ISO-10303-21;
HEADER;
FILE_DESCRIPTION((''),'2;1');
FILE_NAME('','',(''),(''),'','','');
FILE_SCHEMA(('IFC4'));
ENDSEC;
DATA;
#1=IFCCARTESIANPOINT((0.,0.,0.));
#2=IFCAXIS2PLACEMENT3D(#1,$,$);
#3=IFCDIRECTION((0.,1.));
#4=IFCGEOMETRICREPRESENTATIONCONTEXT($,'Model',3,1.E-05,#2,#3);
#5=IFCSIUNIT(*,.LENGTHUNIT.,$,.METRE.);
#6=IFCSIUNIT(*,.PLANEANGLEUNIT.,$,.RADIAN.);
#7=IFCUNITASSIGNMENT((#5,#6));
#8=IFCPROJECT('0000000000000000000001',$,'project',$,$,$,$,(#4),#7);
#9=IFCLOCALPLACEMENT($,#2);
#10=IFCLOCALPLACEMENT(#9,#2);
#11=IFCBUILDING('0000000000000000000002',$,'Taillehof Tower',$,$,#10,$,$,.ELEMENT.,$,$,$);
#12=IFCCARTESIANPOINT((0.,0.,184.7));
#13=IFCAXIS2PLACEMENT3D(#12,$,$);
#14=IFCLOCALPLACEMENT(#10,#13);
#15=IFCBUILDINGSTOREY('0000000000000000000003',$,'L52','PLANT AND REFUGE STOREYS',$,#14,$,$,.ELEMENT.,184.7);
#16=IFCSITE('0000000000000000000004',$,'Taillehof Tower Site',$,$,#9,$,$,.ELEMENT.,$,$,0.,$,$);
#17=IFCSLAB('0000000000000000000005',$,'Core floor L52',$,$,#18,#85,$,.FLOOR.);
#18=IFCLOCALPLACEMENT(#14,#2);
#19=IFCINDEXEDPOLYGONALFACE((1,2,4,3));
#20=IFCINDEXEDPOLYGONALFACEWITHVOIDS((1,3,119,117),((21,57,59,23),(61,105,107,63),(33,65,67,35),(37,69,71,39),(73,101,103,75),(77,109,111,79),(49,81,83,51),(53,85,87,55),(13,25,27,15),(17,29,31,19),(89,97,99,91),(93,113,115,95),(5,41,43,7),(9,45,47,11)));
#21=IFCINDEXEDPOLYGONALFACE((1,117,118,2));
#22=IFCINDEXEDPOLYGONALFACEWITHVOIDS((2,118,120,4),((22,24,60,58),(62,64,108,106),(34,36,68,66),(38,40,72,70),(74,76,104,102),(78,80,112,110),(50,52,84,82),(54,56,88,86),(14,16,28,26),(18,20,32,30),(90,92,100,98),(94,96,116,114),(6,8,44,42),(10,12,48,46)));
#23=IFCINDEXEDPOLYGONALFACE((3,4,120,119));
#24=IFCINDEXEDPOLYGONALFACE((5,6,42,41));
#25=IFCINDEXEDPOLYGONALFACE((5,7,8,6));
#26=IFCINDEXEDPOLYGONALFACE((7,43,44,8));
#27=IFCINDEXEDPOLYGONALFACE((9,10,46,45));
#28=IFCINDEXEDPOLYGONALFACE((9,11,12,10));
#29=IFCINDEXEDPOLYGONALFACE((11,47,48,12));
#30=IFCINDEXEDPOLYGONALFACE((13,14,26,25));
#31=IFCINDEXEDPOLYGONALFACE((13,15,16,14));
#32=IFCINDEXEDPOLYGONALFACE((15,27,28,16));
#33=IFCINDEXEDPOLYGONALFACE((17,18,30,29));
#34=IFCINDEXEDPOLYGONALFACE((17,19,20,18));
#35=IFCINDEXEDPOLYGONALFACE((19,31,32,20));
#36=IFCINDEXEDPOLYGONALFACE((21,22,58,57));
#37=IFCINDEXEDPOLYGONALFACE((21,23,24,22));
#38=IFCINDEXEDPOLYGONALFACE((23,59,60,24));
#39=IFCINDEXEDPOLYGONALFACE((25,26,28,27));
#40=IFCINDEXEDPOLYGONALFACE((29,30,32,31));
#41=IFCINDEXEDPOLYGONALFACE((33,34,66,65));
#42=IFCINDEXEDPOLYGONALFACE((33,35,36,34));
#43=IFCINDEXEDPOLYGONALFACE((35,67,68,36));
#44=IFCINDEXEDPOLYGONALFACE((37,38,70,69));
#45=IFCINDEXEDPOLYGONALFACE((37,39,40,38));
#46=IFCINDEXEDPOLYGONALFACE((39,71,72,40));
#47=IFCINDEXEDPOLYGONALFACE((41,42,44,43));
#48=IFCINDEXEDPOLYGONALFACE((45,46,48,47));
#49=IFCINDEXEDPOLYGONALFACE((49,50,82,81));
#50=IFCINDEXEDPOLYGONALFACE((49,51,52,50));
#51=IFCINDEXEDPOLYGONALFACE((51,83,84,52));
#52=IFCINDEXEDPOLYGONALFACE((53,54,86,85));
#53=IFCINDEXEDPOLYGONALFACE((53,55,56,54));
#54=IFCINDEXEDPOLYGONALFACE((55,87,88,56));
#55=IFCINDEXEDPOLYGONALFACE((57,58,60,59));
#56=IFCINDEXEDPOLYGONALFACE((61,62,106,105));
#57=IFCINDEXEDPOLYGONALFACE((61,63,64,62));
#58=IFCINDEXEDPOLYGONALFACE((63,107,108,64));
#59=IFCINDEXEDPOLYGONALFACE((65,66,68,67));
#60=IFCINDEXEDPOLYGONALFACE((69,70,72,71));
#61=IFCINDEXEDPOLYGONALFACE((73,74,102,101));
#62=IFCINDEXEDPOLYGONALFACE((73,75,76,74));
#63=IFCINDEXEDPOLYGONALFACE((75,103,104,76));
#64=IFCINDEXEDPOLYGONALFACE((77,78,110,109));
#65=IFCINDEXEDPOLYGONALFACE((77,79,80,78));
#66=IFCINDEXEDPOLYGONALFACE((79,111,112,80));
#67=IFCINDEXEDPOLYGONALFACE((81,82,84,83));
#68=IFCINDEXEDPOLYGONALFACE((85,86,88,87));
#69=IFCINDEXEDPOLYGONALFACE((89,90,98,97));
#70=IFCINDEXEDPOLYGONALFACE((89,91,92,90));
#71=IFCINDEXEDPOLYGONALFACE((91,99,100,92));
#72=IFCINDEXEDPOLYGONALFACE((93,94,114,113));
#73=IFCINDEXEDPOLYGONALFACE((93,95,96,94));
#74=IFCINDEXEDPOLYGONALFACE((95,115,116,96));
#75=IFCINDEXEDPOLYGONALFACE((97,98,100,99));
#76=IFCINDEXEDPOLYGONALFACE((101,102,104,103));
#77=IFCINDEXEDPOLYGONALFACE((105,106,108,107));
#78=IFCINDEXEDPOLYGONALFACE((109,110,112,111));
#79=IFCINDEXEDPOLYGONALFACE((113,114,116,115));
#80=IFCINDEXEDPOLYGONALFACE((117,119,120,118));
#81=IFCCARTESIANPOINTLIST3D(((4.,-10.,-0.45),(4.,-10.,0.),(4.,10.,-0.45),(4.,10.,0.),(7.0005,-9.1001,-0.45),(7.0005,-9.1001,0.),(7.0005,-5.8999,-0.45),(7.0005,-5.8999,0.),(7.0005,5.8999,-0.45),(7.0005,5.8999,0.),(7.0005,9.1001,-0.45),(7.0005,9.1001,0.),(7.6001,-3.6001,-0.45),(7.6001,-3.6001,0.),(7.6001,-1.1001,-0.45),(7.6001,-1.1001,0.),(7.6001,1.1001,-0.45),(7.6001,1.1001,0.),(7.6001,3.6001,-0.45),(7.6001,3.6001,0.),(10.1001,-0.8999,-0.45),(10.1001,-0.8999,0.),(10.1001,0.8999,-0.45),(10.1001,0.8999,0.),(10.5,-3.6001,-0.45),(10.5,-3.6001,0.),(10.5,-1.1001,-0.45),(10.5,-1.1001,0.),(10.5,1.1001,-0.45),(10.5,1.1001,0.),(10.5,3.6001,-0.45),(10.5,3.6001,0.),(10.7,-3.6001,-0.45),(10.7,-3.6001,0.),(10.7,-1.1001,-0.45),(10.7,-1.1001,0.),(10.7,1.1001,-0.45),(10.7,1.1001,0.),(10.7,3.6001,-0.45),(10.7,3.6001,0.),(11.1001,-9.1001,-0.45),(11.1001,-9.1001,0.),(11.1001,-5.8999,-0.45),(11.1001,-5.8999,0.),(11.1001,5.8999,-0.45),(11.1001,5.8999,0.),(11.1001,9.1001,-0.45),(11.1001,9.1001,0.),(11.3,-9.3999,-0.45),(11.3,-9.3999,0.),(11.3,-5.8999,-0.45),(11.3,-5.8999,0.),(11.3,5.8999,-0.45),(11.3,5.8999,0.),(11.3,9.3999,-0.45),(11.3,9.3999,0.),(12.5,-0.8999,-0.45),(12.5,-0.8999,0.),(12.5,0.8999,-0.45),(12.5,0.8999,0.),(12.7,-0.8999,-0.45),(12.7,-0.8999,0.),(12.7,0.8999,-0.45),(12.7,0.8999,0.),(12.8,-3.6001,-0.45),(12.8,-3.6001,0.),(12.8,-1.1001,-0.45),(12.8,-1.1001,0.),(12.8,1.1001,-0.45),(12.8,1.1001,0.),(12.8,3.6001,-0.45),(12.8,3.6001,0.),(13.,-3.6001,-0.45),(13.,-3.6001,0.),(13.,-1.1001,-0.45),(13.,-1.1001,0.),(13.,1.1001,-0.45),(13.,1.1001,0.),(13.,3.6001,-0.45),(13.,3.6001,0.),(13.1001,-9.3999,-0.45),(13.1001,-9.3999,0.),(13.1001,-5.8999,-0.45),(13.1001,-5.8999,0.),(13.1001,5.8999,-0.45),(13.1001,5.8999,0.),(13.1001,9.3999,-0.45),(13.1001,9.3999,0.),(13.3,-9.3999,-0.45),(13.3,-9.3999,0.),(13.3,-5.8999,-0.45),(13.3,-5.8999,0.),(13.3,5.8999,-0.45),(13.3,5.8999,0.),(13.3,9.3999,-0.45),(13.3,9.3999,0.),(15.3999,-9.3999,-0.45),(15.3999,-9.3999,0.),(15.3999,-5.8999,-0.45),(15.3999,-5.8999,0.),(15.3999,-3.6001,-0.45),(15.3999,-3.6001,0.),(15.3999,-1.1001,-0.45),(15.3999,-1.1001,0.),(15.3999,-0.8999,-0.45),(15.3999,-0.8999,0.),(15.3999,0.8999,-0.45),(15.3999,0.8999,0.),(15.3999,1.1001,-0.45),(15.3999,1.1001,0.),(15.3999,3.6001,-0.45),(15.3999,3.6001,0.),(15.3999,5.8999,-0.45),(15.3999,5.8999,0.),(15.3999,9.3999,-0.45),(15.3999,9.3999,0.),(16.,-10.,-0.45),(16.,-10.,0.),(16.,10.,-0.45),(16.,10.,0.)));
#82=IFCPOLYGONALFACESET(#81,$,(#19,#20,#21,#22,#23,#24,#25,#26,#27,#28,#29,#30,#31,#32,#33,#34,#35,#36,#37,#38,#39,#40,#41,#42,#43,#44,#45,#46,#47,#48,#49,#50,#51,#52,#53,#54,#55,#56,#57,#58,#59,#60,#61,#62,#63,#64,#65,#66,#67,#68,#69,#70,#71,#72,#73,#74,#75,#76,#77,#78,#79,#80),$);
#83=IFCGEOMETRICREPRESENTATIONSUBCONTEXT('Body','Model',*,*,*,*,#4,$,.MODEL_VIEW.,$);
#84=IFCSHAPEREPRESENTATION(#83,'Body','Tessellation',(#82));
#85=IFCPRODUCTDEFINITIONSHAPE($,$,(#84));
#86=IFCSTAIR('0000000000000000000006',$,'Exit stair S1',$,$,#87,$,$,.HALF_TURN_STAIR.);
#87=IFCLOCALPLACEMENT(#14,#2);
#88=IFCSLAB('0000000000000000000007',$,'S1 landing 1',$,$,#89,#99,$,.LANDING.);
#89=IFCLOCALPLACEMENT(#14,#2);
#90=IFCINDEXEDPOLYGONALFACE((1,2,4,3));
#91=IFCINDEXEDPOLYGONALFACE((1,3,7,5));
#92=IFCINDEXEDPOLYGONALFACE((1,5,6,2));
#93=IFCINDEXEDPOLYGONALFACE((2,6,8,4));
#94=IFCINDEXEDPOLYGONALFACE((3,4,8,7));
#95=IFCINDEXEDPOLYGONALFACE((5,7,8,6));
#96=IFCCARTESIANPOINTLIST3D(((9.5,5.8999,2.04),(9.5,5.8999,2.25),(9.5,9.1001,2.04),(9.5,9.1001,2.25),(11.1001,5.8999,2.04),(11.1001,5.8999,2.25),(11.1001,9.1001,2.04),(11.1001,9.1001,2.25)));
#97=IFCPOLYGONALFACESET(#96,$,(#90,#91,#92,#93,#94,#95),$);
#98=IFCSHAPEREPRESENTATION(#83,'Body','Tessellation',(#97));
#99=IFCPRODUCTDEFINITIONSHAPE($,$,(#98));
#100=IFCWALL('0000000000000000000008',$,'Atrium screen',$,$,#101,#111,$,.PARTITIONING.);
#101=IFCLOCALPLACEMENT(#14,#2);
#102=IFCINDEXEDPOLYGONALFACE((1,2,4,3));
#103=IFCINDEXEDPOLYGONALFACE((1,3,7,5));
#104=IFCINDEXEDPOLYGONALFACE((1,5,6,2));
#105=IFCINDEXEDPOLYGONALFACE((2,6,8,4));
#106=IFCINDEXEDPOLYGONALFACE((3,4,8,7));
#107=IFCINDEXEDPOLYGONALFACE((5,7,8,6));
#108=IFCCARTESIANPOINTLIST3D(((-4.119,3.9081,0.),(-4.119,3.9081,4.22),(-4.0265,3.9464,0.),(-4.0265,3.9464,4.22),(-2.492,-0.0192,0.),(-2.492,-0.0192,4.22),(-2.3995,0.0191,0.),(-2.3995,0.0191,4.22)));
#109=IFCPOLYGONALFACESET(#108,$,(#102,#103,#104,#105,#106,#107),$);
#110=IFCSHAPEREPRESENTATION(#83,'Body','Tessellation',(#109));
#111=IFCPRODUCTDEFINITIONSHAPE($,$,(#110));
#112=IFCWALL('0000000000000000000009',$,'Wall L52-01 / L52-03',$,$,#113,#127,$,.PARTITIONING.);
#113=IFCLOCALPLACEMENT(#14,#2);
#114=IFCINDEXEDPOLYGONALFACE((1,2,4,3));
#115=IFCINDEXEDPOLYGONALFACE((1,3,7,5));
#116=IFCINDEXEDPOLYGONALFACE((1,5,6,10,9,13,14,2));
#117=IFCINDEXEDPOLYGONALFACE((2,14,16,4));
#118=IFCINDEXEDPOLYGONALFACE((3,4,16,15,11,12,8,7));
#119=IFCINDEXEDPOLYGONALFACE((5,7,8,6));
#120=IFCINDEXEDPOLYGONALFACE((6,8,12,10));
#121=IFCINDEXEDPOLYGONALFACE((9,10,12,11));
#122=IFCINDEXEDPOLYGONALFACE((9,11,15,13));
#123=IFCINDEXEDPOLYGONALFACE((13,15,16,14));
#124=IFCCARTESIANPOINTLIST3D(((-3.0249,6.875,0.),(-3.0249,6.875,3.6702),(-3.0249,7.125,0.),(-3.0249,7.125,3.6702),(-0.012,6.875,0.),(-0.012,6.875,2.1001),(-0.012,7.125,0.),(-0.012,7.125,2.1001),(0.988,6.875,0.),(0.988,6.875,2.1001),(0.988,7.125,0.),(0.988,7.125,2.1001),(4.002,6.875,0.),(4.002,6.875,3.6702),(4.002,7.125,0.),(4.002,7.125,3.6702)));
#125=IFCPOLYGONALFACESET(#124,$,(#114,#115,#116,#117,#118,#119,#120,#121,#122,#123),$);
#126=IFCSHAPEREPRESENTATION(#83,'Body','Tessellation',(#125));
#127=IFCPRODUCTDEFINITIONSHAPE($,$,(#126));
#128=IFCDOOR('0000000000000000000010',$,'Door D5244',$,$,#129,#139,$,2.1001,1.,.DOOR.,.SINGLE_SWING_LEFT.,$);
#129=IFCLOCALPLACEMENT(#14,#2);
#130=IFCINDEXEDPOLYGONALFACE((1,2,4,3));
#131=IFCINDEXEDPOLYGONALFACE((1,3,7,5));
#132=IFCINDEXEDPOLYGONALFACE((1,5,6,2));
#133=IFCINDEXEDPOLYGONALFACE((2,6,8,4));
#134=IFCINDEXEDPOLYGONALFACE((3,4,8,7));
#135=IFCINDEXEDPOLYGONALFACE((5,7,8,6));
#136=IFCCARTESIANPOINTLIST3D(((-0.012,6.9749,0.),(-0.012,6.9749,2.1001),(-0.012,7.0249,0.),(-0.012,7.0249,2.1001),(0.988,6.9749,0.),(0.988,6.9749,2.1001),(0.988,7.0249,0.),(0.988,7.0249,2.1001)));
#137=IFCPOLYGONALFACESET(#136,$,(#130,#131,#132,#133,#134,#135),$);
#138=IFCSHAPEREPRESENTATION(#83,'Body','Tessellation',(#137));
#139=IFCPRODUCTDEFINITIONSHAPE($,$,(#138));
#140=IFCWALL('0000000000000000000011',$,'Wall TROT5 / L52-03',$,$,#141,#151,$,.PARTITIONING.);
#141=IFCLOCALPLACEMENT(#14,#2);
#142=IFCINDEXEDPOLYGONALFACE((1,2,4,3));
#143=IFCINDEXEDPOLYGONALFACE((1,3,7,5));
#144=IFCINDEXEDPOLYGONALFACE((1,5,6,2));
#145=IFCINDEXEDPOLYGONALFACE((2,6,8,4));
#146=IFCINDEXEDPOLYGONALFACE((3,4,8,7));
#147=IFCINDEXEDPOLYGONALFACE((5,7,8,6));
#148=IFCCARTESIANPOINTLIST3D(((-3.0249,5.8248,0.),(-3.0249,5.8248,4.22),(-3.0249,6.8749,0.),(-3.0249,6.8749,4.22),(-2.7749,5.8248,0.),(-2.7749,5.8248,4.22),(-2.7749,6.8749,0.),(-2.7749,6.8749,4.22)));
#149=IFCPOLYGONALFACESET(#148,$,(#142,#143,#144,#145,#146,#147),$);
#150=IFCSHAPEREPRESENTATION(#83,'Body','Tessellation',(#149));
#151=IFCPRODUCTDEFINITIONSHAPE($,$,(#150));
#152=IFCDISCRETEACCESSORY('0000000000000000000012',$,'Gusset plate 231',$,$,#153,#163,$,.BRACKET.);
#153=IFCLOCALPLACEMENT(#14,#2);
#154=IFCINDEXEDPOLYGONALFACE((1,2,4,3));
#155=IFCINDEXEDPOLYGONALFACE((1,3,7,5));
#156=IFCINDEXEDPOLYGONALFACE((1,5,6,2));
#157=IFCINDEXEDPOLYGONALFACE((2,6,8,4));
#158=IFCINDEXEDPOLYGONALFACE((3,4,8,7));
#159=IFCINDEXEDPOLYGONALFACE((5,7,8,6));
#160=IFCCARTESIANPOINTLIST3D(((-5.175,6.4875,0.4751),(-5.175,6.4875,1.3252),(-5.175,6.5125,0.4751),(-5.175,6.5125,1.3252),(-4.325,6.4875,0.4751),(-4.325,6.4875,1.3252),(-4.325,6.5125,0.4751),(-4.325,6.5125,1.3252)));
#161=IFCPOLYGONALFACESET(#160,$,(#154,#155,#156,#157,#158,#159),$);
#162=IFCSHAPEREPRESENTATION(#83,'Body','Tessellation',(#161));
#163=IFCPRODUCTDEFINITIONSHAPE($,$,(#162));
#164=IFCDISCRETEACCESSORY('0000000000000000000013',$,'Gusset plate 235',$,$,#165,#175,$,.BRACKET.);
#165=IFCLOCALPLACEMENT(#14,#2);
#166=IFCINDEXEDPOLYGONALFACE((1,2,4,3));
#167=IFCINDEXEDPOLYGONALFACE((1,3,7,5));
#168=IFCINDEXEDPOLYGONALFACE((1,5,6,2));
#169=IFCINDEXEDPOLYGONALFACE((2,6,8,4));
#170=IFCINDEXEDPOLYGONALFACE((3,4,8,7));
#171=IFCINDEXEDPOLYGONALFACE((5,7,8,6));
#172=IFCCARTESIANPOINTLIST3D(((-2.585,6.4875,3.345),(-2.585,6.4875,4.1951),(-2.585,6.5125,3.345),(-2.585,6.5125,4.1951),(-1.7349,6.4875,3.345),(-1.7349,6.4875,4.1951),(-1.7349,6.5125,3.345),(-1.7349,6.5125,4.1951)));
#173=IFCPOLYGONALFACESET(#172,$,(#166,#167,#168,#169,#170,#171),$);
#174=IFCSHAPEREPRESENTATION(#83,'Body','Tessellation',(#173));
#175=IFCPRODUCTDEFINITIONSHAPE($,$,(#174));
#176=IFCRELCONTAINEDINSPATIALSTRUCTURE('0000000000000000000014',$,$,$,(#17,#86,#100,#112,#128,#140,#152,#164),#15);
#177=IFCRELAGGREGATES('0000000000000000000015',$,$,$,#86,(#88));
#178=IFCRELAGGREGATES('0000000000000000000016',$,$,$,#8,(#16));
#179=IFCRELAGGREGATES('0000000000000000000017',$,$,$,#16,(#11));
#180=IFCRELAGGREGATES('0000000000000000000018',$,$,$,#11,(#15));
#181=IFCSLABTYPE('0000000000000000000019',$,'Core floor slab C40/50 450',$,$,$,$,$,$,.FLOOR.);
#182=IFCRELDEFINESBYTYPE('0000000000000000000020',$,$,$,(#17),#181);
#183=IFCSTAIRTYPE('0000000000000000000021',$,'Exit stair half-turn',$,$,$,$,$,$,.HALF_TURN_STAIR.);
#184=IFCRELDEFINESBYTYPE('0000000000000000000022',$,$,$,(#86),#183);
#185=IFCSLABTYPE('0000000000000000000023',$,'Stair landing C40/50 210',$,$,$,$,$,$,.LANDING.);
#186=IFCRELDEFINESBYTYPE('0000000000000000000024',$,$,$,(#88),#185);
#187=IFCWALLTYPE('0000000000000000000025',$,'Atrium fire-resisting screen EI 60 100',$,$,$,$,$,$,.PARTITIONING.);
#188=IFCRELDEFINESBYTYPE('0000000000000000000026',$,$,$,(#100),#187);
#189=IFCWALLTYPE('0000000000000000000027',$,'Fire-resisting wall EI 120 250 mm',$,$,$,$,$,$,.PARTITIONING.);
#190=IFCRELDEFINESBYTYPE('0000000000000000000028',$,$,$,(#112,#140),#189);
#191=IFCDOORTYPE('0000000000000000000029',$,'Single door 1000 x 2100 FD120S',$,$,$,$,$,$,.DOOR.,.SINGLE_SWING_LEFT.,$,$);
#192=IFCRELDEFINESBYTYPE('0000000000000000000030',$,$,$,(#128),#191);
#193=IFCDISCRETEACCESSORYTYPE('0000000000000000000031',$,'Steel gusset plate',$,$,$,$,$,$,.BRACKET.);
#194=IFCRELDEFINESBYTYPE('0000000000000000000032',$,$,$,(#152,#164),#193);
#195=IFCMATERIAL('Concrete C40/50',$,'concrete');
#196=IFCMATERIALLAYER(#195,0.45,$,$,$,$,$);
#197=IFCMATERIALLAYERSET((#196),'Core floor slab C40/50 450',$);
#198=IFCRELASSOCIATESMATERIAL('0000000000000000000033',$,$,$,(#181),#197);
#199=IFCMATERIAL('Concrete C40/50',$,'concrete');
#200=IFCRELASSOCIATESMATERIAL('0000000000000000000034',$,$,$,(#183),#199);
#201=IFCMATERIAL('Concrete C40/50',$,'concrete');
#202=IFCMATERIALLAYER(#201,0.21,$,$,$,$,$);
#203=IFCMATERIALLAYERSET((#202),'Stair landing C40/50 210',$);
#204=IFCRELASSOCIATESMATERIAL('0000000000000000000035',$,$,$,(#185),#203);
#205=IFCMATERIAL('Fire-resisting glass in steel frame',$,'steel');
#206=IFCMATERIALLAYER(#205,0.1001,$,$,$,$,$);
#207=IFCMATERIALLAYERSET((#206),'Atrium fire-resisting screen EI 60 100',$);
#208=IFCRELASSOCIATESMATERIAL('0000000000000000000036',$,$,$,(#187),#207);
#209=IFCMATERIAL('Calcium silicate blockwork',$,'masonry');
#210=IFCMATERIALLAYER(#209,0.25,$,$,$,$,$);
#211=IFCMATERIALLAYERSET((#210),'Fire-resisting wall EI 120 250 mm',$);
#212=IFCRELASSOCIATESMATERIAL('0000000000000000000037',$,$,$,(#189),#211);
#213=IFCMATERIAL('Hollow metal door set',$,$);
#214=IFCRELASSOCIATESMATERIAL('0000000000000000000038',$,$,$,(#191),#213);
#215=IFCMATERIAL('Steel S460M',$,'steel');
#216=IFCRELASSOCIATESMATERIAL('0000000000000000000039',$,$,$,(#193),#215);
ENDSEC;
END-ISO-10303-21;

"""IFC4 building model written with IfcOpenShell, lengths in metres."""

from ifc_helpers import new_model, si_unit, direction, frame, frame_2d, origin, origin_2d, place, context, subcontext, project, spatial, polyline, rectangle, outline, extrude, material, layer, layer_set, type_object, element, fill, aggregate, save


model = new_model("IFC4")

# Units and contexts
model_context = context("Model", 3, precision=1e-05, world=origin(), true_north=direction((0.0, 1.0)))
body_context = subcontext(model_context, "Body", "Model", "MODEL_VIEW")
ifc_project = project(units=[si_unit("LENGTHUNIT", "METRE"), si_unit("PLANEANGLEUNIT", "RADIAN")], contexts=[model_context])

# Site, building, storey
site_placement = place(None, origin())
site = spatial("IfcSite", under=ifc_project, at=site_placement, Name="Taillehof Tower Site", CompositionType="ELEMENT", RefElevation=0.0)
building_placement = place(site_placement, origin())
building = spatial("IfcBuilding", under=site, at=building_placement, Name="Taillehof Tower", CompositionType="ELEMENT")
storey_placement = place(building_placement, frame((0.0, 0.0, 184.7)))
storey = spatial("IfcBuildingStorey", under=building, at=storey_placement, Name="L52", Description="PLANT AND REFUGE STOREYS", CompositionType="ELEMENT", Elevation=184.7)

# Slab
ifc_material_1 = material(Name="Concrete C40/50", Category="concrete")
ifc_layer_1 = layer(ifc_material_1, 0.45)
ifc_layer_set_1 = layer_set([ifc_layer_1], Name="Core floor slab C40/50 450")
slab_type_1 = type_object("IfcSlabType", Name="Core floor slab C40/50 450", PredefinedType="FLOOR", material=ifc_layer_set_1)
slab_1_placement = place(storey_placement, frame((0.0, 0.0, -0.45)))
element("IfcSlab", 1, at=slab_1_placement, inside=storey, type_object=slab_type_1, Name="Core floor L52", PredefinedType="FLOOR", context=body_context, shape_type="SweptSolid", body=[
    extrude(outline(polyline([(4.0, -10.0), (4.0, 10.0), (16.0, 10.0), (16.0, -10.0), (4.0, -10.0)]), holes=[polyline([(11.1001, -9.1001), (11.1001, -5.8999), (7.0005, -5.8999), (7.0005, -9.1001), (11.1001, -9.1001)]), polyline([(10.5, -3.6001), (10.5, -1.1001), (7.6001, -1.1001), (7.6001, -3.6001), (10.5, -3.6001)]), polyline([(12.8, -3.6001), (12.8, -1.1001), (10.7, -1.1001), (10.7, -3.6001), (12.8, -3.6001)]), polyline([(12.5, -0.8999), (12.5, 0.8999), (10.1001, 0.8999), (10.1001, -0.8999), (12.5, -0.8999)]), polyline([(10.5, 1.1001), (10.5, 3.6001), (7.6001, 3.6001), (7.6001, 1.1001), (10.5, 1.1001)]), polyline([(12.8, 1.1001), (12.8, 3.6001), (10.7, 3.6001), (10.7, 1.1001), (12.8, 1.1001)]), polyline([(11.1001, 5.8999), (11.1001, 9.1001), (7.0005, 9.1001), (7.0005, 5.8999), (11.1001, 5.8999)]), polyline([(13.1001, -5.8999), (11.3, -5.8999), (11.3, -9.3999), (13.1001, -9.3999), (13.1001, -5.8999)]), polyline([(15.3999, -9.3999), (15.3999, -5.8999), (13.3, -5.8999), (13.3, -9.3999), (15.3999, -9.3999)]), polyline([(15.3999, -3.6001), (15.3999, -1.1001), (13.0, -1.1001), (13.0, -3.6001), (15.3999, -3.6001)]), polyline([(15.3999, -0.8999), (15.3999, 0.8999), (12.7, 0.8999), (12.7, -0.8999), (15.3999, -0.8999)]), polyline([(15.3999, 1.1001), (15.3999, 3.6001), (13.0, 3.6001), (13.0, 1.1001), (15.3999, 1.1001)]), polyline([(13.1001, 5.8999), (13.1001, 9.3999), (11.3, 9.3999), (11.3, 5.8999), (13.1001, 5.8999)]), polyline([(15.3999, 5.8999), (15.3999, 9.3999), (13.3, 9.3999), (13.3, 5.8999), (15.3999, 5.8999)])]), origin(), (0.0, 0.0, 1.0), 0.45),
])

# Stair, slab
ifc_material_2 = material(Name="Concrete C40/50", Category="concrete")
stair_type = type_object("IfcStairType", Name="Exit stair half-turn", PredefinedType="HALF_TURN_STAIR", material=ifc_material_2)
stair_placement = place(storey_placement, origin())
stair = element("IfcStair", 2, at=stair_placement, inside=storey, type_object=stair_type, Name="Exit stair S1", PredefinedType="HALF_TURN_STAIR")
ifc_material_3 = material(Name="Concrete C40/50", Category="concrete")
ifc_layer_2 = layer(ifc_material_3, 0.21)
ifc_layer_set_2 = layer_set([ifc_layer_2], Name="Stair landing C40/50 210")
slab_type_2 = type_object("IfcSlabType", Name="Stair landing C40/50 210", PredefinedType="LANDING", material=ifc_layer_set_2)
slab_2_placement = place(storey_placement, frame((0.0, 0.0, 2.04)))
slab_2 = element("IfcSlab", 3, at=slab_2_placement, type_object=slab_type_2, Name="S1 landing 1", PredefinedType="LANDING", context=body_context, shape_type="SweptSolid", body=[
    extrude(outline(polyline([(9.5, 5.8999), (11.1001, 5.8999), (11.1001, 9.1001), (9.5, 9.1001), (9.5, 5.8999)])), origin(), (0.0, 0.0, 1.0), 0.21),
])
aggregate(stair, [slab_2])

# Wall
ifc_material_4 = material(Name="Fire-resisting glass in steel frame", Category="steel")
ifc_layer_3 = layer(ifc_material_4, 0.1001)
ifc_layer_set_3 = layer_set([ifc_layer_3], Name="Atrium fire-resisting screen EI 60 100")
wall_type_1 = type_object("IfcWallType", Name="Atrium fire-resisting screen EI 60 100", PredefinedType="PARTITIONING", material=ifc_layer_set_3)
wall_1_placement = place(storey_placement, frame((-4.0728, 3.9272, 0.0), z_axis=(0.0, 0.0, 1.0), x_axis=(0.382731, -0.92386, 0.0)))
element("IfcWall", 4, at=wall_1_placement, inside=storey, type_object=wall_type_1, Name="Atrium screen", PredefinedType="PARTITIONING", context=body_context, shape_type="SweptSolid", body=[
    extrude(rectangle(XDim=4.251, YDim=0.1001, at=frame_2d((2.1255, 0.0))), origin(), (0.0, 0.0, 1.0), 4.22),
])

# Wall, opening, door
ifc_material_5 = material(Name="Calcium silicate blockwork", Category="masonry")
ifc_layer_4 = layer(ifc_material_5, 0.25)
ifc_layer_set_4 = layer_set([ifc_layer_4], Name="Fire-resisting wall EI 120 250 mm")
wall_type_2 = type_object("IfcWallType", Name="Fire-resisting wall EI 120 250 mm", PredefinedType="PARTITIONING", material=ifc_layer_set_4)
wall_2_placement = place(storey_placement, frame((-3.0249, 7.0, 0.0), z_axis=(0.0, 0.0, 1.0), x_axis=(1.0, 0.0, 0.0)))
wall_2 = element("IfcWall", 5, at=wall_2_placement, inside=storey, type_object=wall_type_2, Name="Wall L52-01 / L52-03", PredefinedType="PARTITIONING", context=body_context, shape_type="SweptSolid", body=[
    extrude(rectangle(XDim=7.0269, YDim=0.25, at=frame_2d((3.5134, 0.0))), origin(), (0.0, 0.0, 1.0), 3.6702),
])
opening_placement = place(wall_2_placement, frame((3.0129, 0.0, 0.0)))
opening = element("IfcOpeningElement", 6, at=opening_placement, cuts=wall_2, PredefinedType="OPENING", context=body_context, shape_type="SweptSolid", body=[
    extrude(rectangle(XDim=1.0, YDim=2.1001, at=frame_2d((0.5, 1.05))), frame((0.0, 0.135, 0.0), z_axis=(0.0, -1.0, 0.0), x_axis=(1.0, 0.0, 0.0)), (0.0, 0.0, 1.0), 0.27),
])
ifc_material_6 = material(Name="Hollow metal door set")
door_type = type_object("IfcDoorType", Name="Single door 1000 x 2100 FD120S", OperationType="SINGLE_SWING_LEFT", PredefinedType="DOOR", material=ifc_material_6)
door_placement = place(opening_placement, origin())
door = element("IfcDoor", 7, at=door_placement, inside=storey, type_object=door_type, Name="Door D5244", OperationType="SINGLE_SWING_LEFT", OverallHeight=2.1001, OverallWidth=1.0, PredefinedType="DOOR", context=body_context, shape_type="SweptSolid", body=[
    extrude(rectangle(XDim=1.0, YDim=2.1001, at=frame_2d((0.5, 1.05))), frame((0.0, 0.0249, 0.0), z_axis=(0.0, -1.0, 0.0), x_axis=(1.0, 0.0, 0.0)), (0.0, 0.0, 1.0), 0.05),
])
fill(opening, door)

# Wall
wall_3_placement = place(storey_placement, frame((-2.8999, 5.825, 0.0), z_axis=(0.0, 0.0, 1.0), x_axis=(0.0, 1.0, 0.0)))
element("IfcWall", 8, at=wall_3_placement, inside=storey, type_object=wall_type_2, Name="Wall TROT5 / L52-03", PredefinedType="PARTITIONING", context=body_context, shape_type="SweptSolid", body=[
    extrude(rectangle(XDim=1.05, YDim=0.25, at=frame_2d((0.5249, 0.0))), origin(), (0.0, 0.0, 1.0), 4.22),
])

# Discrete accessories
ifc_material_7 = material(Name="Steel S460M", Category="steel")
discrete_accessory_type = type_object("IfcDiscreteAccessoryType", Name="Steel gusset plate", PredefinedType="BRACKET", material=ifc_material_7)
for number, where, z_axis, x_axis, name in (
    (9, (-4.75, 6.5, 0.4751), (0.0, 0.0, 1.0), (-1.0, 0.0, 0.0), "Gusset plate 231"),
    (10, (-2.1599, 6.5, 3.345), (0.0, 0.0, 1.0), (-1.0, 0.0, 0.0), "Gusset plate 235"),
):
    element("IfcDiscreteAccessory", number, at=place(storey_placement, frame(where, z_axis=z_axis, x_axis=x_axis)), inside=storey, type_object=discrete_accessory_type, Name=name, PredefinedType="BRACKET", context=body_context, shape_type="SweptSolid", body=[
        extrude(rectangle(XDim=0.8501, YDim=0.0249, at=origin_2d()), origin(), (0.0, 0.0, 1.0), 0.8501),
    ])

save(model, "model.ifc")
